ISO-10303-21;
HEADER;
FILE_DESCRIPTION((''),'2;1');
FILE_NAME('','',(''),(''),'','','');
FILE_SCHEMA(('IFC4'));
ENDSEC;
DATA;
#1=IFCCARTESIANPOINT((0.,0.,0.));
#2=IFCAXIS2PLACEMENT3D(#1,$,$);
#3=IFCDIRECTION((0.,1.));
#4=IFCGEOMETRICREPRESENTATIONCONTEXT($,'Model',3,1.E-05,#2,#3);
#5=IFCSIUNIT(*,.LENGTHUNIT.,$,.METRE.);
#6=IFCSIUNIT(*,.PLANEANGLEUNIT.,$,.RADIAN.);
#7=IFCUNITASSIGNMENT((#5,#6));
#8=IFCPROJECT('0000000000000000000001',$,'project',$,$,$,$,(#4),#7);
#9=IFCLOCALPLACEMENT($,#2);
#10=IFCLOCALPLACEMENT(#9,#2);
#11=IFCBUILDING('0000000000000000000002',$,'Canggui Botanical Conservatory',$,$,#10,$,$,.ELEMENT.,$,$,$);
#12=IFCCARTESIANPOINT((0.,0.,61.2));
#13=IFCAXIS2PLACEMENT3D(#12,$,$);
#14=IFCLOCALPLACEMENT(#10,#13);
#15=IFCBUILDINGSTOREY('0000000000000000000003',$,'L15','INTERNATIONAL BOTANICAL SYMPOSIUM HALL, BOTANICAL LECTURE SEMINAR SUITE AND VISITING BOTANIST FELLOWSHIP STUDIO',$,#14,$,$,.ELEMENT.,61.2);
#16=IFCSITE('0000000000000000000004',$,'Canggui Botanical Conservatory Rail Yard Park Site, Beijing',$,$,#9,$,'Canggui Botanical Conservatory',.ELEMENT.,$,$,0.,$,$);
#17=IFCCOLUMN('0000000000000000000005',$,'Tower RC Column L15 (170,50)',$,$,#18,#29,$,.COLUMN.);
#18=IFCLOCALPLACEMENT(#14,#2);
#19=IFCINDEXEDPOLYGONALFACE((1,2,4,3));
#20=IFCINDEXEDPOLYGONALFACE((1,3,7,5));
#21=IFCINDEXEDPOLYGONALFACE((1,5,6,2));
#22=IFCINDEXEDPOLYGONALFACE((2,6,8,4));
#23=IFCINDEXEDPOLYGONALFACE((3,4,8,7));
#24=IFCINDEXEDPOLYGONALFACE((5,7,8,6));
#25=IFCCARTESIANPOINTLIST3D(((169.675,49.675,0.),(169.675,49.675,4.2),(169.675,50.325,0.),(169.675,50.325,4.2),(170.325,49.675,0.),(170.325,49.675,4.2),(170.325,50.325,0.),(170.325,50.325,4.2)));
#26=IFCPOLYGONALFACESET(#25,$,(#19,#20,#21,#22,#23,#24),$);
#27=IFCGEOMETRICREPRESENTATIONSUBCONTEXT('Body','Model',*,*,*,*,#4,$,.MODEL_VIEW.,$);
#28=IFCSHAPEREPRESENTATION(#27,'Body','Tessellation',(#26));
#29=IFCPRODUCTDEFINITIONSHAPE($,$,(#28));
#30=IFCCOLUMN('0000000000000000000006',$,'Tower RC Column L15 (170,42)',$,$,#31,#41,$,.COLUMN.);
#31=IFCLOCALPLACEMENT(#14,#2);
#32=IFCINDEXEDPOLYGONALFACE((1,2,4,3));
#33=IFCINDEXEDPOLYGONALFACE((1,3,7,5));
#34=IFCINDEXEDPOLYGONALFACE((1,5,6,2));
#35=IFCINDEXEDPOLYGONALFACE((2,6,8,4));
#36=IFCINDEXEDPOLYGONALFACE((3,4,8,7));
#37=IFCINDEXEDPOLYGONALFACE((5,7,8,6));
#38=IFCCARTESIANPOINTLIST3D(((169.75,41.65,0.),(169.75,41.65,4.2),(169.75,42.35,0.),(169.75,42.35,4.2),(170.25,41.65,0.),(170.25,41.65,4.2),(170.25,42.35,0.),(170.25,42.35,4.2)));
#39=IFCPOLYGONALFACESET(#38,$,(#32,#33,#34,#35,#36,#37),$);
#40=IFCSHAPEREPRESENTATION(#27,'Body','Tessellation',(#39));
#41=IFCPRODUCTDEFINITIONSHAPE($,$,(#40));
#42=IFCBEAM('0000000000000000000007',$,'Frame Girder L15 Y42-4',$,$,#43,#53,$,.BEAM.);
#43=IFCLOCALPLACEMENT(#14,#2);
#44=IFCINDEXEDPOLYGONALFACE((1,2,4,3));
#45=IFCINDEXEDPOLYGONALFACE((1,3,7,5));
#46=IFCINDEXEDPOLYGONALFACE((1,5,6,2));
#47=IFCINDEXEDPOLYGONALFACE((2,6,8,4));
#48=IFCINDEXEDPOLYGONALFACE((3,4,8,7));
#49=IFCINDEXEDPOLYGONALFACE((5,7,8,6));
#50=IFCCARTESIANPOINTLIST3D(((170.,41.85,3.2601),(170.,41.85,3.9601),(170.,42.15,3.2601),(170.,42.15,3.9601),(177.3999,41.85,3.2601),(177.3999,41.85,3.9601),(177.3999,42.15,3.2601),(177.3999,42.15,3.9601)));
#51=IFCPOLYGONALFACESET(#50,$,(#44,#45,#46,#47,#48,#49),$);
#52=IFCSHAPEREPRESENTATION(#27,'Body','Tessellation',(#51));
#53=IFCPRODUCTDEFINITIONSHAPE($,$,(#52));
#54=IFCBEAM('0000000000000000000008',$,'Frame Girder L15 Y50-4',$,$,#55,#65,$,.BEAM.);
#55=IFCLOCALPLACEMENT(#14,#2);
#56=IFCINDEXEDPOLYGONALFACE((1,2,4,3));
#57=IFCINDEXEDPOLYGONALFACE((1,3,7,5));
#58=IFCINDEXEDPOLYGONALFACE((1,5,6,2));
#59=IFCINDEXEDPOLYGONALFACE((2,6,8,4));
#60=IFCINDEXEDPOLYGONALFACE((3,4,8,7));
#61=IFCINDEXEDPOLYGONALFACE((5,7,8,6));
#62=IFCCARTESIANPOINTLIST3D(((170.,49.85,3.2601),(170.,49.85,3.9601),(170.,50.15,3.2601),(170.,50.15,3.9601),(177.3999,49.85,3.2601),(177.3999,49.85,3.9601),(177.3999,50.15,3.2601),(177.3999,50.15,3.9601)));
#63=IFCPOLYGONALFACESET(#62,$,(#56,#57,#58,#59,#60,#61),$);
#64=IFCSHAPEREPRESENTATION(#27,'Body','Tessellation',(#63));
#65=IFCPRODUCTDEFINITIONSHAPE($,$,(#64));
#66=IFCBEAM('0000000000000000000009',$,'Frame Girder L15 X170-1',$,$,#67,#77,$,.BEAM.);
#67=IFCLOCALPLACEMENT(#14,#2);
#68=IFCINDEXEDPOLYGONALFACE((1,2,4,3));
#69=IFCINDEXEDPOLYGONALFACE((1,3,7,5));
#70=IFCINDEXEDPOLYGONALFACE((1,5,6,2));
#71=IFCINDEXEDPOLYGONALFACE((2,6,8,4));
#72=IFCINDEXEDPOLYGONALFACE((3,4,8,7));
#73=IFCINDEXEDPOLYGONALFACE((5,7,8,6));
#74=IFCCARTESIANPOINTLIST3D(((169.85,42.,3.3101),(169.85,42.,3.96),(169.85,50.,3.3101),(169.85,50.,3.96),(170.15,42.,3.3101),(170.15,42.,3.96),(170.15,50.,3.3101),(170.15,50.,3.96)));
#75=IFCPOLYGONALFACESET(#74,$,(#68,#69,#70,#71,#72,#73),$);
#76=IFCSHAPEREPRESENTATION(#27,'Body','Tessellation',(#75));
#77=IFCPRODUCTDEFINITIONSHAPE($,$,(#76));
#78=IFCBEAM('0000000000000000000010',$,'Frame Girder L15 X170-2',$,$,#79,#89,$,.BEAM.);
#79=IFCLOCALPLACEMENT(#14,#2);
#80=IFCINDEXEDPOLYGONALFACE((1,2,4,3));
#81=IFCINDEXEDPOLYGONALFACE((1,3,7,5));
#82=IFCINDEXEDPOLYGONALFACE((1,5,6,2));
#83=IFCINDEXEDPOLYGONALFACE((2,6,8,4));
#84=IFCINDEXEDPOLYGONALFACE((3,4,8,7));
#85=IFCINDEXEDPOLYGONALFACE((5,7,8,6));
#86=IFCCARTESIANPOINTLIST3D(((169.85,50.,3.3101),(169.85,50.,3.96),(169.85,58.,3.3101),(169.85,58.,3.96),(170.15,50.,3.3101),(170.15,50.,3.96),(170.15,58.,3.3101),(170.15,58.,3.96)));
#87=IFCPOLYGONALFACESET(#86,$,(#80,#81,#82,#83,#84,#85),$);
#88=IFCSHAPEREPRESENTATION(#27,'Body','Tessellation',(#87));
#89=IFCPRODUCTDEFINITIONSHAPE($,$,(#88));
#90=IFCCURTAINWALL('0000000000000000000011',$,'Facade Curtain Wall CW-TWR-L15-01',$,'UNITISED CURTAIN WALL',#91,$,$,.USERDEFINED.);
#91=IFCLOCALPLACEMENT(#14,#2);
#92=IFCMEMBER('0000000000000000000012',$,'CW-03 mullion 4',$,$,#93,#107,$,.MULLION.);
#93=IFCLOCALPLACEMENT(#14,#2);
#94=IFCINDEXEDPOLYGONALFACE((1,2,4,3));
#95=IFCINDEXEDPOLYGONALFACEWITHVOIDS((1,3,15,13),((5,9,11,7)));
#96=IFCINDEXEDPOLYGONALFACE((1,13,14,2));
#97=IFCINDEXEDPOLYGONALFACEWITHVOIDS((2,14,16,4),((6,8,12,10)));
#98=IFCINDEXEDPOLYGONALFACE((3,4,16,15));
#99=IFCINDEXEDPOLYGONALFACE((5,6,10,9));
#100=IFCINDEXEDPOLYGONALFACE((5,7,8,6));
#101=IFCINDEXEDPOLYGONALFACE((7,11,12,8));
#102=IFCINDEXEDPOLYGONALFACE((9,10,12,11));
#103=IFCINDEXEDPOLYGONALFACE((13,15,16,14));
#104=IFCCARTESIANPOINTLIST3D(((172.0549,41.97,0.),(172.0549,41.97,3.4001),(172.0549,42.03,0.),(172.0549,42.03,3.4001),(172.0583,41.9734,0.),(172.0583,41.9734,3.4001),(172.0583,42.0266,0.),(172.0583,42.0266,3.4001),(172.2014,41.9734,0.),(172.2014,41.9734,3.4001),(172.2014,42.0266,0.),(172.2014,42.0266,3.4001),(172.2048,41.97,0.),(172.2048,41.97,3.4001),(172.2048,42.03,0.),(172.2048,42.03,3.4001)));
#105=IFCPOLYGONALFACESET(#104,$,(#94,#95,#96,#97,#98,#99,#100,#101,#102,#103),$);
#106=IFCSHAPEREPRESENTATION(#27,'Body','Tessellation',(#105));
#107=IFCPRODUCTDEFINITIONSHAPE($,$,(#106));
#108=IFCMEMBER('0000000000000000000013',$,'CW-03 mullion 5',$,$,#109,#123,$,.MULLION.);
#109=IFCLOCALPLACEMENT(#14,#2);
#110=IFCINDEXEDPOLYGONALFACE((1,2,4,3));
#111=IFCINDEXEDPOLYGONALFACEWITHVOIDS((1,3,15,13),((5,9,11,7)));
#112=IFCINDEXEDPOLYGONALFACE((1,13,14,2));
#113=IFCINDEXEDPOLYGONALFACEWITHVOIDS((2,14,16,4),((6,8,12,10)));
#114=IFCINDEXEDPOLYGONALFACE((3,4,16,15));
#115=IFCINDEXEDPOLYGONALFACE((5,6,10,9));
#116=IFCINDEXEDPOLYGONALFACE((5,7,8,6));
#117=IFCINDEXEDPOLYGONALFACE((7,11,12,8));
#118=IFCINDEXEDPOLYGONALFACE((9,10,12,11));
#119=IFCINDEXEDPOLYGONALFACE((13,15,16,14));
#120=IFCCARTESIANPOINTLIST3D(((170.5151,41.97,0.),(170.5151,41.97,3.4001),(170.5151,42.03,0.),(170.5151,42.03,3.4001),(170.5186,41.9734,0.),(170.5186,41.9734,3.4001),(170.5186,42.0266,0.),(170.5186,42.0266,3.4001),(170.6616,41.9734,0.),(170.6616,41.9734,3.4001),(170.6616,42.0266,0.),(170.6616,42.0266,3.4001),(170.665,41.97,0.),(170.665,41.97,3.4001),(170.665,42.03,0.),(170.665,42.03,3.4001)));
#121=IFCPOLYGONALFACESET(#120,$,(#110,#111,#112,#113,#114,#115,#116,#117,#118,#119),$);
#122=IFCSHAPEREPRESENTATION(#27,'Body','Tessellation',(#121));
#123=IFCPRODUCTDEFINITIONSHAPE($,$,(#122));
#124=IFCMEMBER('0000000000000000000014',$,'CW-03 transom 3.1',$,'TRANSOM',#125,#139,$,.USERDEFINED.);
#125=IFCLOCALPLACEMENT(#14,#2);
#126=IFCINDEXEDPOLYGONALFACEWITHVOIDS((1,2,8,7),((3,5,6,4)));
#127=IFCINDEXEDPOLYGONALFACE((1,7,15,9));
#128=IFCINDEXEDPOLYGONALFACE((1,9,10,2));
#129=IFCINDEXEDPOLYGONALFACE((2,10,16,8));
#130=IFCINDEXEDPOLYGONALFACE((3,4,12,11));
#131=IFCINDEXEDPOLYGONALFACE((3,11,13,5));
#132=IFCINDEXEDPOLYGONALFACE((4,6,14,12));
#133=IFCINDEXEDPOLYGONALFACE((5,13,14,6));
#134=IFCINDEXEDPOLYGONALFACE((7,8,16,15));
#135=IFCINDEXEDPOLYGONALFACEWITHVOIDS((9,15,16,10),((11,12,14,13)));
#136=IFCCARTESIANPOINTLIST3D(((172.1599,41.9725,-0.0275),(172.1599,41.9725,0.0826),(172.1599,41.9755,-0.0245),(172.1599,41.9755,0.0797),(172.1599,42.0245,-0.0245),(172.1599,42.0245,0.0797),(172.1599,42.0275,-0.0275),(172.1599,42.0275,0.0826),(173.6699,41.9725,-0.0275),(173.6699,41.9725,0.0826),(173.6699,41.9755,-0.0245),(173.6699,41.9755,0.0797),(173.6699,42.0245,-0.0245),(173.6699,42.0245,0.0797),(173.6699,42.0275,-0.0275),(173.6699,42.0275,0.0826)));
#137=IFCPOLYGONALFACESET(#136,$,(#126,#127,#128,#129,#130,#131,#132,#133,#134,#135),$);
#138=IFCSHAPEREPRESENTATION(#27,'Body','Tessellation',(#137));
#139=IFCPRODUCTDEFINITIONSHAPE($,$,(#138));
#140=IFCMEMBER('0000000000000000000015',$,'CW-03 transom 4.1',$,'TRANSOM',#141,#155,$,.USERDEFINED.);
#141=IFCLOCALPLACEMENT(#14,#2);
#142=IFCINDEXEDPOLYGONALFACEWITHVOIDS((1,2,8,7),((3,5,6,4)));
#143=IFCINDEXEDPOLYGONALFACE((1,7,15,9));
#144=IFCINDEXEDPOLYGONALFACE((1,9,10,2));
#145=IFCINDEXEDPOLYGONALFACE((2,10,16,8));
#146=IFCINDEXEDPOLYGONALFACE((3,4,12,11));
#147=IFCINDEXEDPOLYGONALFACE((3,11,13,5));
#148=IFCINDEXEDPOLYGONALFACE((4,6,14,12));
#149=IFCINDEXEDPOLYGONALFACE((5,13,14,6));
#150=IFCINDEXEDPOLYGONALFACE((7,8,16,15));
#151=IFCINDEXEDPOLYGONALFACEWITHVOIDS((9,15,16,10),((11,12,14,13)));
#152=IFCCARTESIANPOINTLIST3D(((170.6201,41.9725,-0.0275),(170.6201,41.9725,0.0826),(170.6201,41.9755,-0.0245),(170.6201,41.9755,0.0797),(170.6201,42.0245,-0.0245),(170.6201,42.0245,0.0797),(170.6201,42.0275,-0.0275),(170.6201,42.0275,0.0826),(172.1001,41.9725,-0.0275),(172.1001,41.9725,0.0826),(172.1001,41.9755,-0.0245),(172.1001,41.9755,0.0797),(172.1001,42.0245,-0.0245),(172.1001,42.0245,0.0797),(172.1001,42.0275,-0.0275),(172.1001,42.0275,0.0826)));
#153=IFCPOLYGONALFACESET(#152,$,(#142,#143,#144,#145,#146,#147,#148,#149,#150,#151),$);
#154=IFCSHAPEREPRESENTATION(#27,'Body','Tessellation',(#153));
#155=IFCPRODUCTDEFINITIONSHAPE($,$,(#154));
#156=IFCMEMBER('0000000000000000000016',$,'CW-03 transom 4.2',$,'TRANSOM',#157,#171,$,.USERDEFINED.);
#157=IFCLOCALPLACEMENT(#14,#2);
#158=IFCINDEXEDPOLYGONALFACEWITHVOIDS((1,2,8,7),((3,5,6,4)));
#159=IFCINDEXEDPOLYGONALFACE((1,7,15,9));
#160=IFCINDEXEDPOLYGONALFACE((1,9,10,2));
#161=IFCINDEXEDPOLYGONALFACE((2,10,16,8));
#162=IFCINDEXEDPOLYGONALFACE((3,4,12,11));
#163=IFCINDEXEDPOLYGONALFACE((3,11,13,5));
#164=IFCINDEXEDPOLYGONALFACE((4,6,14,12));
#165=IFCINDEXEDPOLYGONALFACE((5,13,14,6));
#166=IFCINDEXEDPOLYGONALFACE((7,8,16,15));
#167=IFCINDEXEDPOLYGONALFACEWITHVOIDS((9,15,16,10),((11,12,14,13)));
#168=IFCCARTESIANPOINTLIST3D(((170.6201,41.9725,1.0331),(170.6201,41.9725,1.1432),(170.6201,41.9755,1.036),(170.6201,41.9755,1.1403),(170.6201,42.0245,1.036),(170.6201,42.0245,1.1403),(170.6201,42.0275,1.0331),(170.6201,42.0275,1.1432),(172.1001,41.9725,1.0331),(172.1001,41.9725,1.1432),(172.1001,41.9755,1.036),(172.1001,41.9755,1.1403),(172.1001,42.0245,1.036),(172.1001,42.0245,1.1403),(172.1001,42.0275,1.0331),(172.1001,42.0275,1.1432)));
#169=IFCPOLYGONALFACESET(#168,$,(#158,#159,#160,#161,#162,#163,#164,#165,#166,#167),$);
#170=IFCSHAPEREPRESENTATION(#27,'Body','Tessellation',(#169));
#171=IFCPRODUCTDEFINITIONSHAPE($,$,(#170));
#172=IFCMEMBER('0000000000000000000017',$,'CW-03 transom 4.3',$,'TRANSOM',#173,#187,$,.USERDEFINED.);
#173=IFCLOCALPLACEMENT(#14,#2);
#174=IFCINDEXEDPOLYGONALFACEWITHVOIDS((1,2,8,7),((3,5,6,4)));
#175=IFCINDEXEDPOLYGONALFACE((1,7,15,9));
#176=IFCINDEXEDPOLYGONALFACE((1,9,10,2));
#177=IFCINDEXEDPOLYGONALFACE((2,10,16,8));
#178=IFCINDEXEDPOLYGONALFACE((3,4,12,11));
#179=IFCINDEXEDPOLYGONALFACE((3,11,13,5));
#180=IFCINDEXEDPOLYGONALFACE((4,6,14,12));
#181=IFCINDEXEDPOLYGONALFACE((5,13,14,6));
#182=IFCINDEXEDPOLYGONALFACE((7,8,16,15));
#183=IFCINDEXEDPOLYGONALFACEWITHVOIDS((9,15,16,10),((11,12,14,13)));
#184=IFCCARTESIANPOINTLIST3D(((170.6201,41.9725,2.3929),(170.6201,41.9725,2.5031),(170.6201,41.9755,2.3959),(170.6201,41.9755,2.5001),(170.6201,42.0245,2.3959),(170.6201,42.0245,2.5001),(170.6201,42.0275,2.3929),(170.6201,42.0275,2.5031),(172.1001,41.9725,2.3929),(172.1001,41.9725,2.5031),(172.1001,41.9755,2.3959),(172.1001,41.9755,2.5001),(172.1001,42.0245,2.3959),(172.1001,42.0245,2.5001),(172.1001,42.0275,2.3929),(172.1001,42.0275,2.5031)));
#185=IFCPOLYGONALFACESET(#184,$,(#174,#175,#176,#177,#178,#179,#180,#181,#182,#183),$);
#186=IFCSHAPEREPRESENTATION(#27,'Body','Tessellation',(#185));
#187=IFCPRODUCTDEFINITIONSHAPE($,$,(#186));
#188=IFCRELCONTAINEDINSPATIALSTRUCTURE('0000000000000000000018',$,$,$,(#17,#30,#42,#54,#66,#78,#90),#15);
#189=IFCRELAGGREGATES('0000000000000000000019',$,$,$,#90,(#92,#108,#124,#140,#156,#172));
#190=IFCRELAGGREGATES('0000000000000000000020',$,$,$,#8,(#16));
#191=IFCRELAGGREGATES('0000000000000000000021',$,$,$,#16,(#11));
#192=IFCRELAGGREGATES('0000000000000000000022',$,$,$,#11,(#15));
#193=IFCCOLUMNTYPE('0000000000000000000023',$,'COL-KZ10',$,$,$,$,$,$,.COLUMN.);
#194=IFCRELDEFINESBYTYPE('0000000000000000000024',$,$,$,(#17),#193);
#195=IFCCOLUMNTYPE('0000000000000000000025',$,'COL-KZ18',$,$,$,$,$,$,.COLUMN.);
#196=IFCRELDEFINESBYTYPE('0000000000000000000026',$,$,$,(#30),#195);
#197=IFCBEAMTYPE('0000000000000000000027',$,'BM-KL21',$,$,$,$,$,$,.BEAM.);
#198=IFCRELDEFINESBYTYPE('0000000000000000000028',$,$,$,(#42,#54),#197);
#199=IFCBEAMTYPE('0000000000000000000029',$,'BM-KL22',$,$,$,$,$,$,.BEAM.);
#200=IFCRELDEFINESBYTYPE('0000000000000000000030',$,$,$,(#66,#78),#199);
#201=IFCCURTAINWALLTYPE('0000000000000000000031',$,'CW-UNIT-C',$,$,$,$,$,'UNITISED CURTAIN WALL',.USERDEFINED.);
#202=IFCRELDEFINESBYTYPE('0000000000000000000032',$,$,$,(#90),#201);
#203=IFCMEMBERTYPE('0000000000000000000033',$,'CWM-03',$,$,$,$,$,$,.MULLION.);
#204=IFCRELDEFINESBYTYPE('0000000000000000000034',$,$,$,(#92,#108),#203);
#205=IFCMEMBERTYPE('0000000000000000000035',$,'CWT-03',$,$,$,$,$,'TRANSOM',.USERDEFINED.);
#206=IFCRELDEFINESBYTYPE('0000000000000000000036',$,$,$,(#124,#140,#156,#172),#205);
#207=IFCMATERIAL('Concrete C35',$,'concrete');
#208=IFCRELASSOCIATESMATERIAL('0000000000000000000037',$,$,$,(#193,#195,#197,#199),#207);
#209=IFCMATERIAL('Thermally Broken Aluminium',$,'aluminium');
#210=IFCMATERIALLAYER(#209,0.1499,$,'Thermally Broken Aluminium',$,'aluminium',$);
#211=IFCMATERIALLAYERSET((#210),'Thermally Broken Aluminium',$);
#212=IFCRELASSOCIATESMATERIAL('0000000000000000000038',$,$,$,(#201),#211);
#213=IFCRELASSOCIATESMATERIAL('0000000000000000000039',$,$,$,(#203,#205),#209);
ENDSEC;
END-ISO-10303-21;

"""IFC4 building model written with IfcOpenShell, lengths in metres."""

from ifc_helpers import new_model, si_unit, direction, frame, origin, origin_2d, place, context, subcontext, project, spatial, rectangle, hollow_rectangle, extrude, material, layer, layer_set, material_profile, profile_set, type_object, element, aggregate, save


model = new_model("IFC4")

# Units and contexts
model_context = context("Model", 3, precision=1e-05, world=origin(), true_north=direction((0.0, 1.0)))
body_context = subcontext(model_context, "Body", "Model", "MODEL_VIEW")
ifc_project = project(units=[si_unit("LENGTHUNIT", "METRE"), si_unit("PLANEANGLEUNIT", "RADIAN")], contexts=[model_context])

# Site, building, storey
site_placement = place(None, origin())
site = spatial("IfcSite", under=ifc_project, at=site_placement, Name="Canggui Botanical Conservatory Rail Yard Park Site, Beijing", LongName="Canggui Botanical Conservatory", CompositionType="ELEMENT", RefElevation=0.0)
building_placement = place(site_placement, origin())
building = spatial("IfcBuilding", under=site, at=building_placement, Name="Canggui Botanical Conservatory", CompositionType="ELEMENT")
storey_placement = place(building_placement, frame((0.0, 0.0, 61.2)))
storey = spatial("IfcBuildingStorey", under=building, at=storey_placement, Name="L15", Description="INTERNATIONAL BOTANICAL SYMPOSIUM HALL, BOTANICAL LECTURE SEMINAR SUITE AND VISITING BOTANIST FELLOWSHIP STUDIO", CompositionType="ELEMENT", Elevation=61.2)

# Columns
ifc_material_1 = material(Name="Concrete C35", Category="concrete")
ifc_material_profile_1 = material_profile(ifc_material_1, rectangle(XDim=0.6499, YDim=0.6499, at=origin_2d()), Name="RC 650x650")
ifc_profile_set_1 = profile_set([ifc_material_profile_1], Name="Concrete C35")
column_type_1 = type_object("IfcColumnType", Name="COL-KZ10", PredefinedType="COLUMN", material=ifc_profile_set_1)
column_1_placement = place(storey_placement, frame((170.0, 50.0, 0.0), z_axis=(0.0, 0.0, 1.0), x_axis=(1.0, 0.0, 0.0)))
element("IfcColumn", 1, at=column_1_placement, inside=storey, type_object=column_type_1, Name="Tower RC Column L15 (170,50)", PredefinedType="COLUMN", context=body_context, shape_type="SweptSolid", body=[
    extrude(rectangle(XDim=0.6499, YDim=0.6499, at=origin_2d()), origin(), (0.0, 0.0, 1.0), 4.2),
])
ifc_material_profile_2 = material_profile(ifc_material_1, rectangle(XDim=0.5, YDim=0.7, at=origin_2d()), Name="RC 500x700")
ifc_profile_set_2 = profile_set([ifc_material_profile_2], Name="Concrete C35")
column_type_2 = type_object("IfcColumnType", Name="COL-KZ18", PredefinedType="COLUMN", material=ifc_profile_set_2)
column_2_placement = place(storey_placement, frame((170.0, 42.0, 0.0), z_axis=(0.0, 0.0, 1.0), x_axis=(1.0, 0.0, 0.0)))
element("IfcColumn", 2, at=column_2_placement, inside=storey, type_object=column_type_2, Name="Tower RC Column L15 (170,42)", PredefinedType="COLUMN", context=body_context, shape_type="SweptSolid", body=[
    extrude(rectangle(XDim=0.5, YDim=0.7, at=origin_2d()), origin(), (0.0, 0.0, 1.0), 4.2),
])

# Beams
ifc_material_profile_3 = material_profile(ifc_material_1, rectangle(XDim=0.3, YDim=0.7, at=origin_2d()), Name="RB 300x700")
ifc_profile_set_3 = profile_set([ifc_material_profile_3], Name="Concrete C35")
beam_type_1 = type_object("IfcBeamType", Name="BM-KL21", PredefinedType="BEAM", material=ifc_profile_set_3)
for number, where, z_axis, x_axis, name in (
    (3, (170.0, 42.0, 3.6101), (1.0, 0.0, 0.0), (0.0, 1.0, 0.0), "Frame Girder L15 Y42-4"),
    (4, (170.0, 50.0, 3.6101), (1.0, 0.0, 0.0), (0.0, 1.0, 0.0), "Frame Girder L15 Y50-4"),
):
    element("IfcBeam", number, at=place(storey_placement, frame(where, z_axis=z_axis, x_axis=x_axis)), inside=storey, type_object=beam_type_1, Name=name, PredefinedType="BEAM", context=body_context, shape_type="SweptSolid", body=[
        extrude(rectangle(XDim=0.3, YDim=0.7, at=origin_2d()), origin(), (0.0, 0.0, 1.0), 7.3999),
    ])
ifc_material_profile_4 = material_profile(ifc_material_1, rectangle(XDim=0.3, YDim=0.6499, at=origin_2d()), Name="RB 300x650")
ifc_profile_set_4 = profile_set([ifc_material_profile_4], Name="Concrete C35")
beam_type_2 = type_object("IfcBeamType", Name="BM-KL22", PredefinedType="BEAM", material=ifc_profile_set_4)
for number, where, z_axis, x_axis, name in (
    (5, (170.0, 42.0, 3.635), (0.0, 1.0, 0.0), (-1.0, 0.0, 0.0), "Frame Girder L15 X170-1"),
    (6, (170.0, 50.0, 3.635), (0.0, 1.0, 0.0), (-1.0, 0.0, 0.0), "Frame Girder L15 X170-2"),
):
    element("IfcBeam", number, at=place(storey_placement, frame(where, z_axis=z_axis, x_axis=x_axis)), inside=storey, type_object=beam_type_2, Name=name, PredefinedType="BEAM", context=body_context, shape_type="SweptSolid", body=[
        extrude(rectangle(XDim=0.3, YDim=0.6499, at=origin_2d()), origin(), (0.0, 0.0, 1.0), 8.0),
    ])

# Curtain wall, members
ifc_material_2 = material(Name="Thermally Broken Aluminium", Category="aluminium")
ifc_layer_1 = layer(ifc_material_2, 0.1499, Name="Thermally Broken Aluminium", Category="aluminium")
ifc_layer_set_1 = layer_set([ifc_layer_1], Name="Thermally Broken Aluminium")
curtain_wall_type = type_object("IfcCurtainWallType", Name="CW-UNIT-C", ElementType="UNITISED CURTAIN WALL", PredefinedType="USERDEFINED", material=ifc_layer_set_1)
curtain_wall_placement = place(storey_placement, origin())
curtain_wall = element("IfcCurtainWall", 7, at=curtain_wall_placement, inside=storey, type_object=curtain_wall_type, Name="Facade Curtain Wall CW-TWR-L15-01", ObjectType="UNITISED CURTAIN WALL", PredefinedType="USERDEFINED")
ifc_material_profile_5 = material_profile(ifc_material_2, hollow_rectangle(XDim=0.0601, YDim=0.1499, WallThickness=0.0034, at=origin_2d()), Name="CWM 60x150x3.5")
ifc_profile_set_5 = profile_set([ifc_material_profile_5], Name="Thermally Broken Aluminium")
member_type_1 = type_object("IfcMemberType", Name="CWM-03", PredefinedType="MULLION", material=ifc_profile_set_5)
member_1_placement = place(storey_placement, frame((172.1299, 42.0, 0.0), z_axis=(0.0, 0.0, 1.0), x_axis=(0.0, -1.0, 0.0)))
member_1 = element("IfcMember", 8, at=member_1_placement, type_object=member_type_1, Name="CW-03 mullion 4", PredefinedType="MULLION", context=body_context, shape_type="SweptSolid", body=[
    extrude(hollow_rectangle(XDim=0.0601, YDim=0.1499, WallThickness=0.0034, at=origin_2d()), origin(), (0.0, 0.0, 1.0), 3.4001),
])
member_2_placement = place(storey_placement, frame((170.5901, 42.0, 0.0), z_axis=(0.0, 0.0, 1.0), x_axis=(0.0, -1.0, 0.0)))
member_2 = element("IfcMember", 9, at=member_2_placement, type_object=member_type_1, Name="CW-03 mullion 5", PredefinedType="MULLION", context=body_context, shape_type="SweptSolid", body=[
    extrude(hollow_rectangle(XDim=0.0601, YDim=0.1499, WallThickness=0.0034, at=origin_2d()), origin(), (0.0, 0.0, 1.0), 3.4001),
])
ifc_material_profile_6 = material_profile(ifc_material_2, hollow_rectangle(XDim=0.0549, YDim=0.1101, WallThickness=0.0029, at=origin_2d()), Name="CWT 55x110x3")
ifc_profile_set_6 = profile_set([ifc_material_profile_6], Name="Thermally Broken Aluminium")
member_type_2 = type_object("IfcMemberType", Name="CWT-03", ElementType="TRANSOM", PredefinedType="USERDEFINED", material=ifc_profile_set_6)
member_3_placement = place(storey_placement, frame((173.6699, 42.0, 0.0276), z_axis=(-1.0, 0.0, 0.0), x_axis=(0.0, -1.0, 0.0)))
member_3 = element("IfcMember", 10, at=member_3_placement, type_object=member_type_2, Name="CW-03 transom 3.1", ObjectType="TRANSOM", PredefinedType="USERDEFINED", context=body_context, shape_type="SweptSolid", body=[
    extrude(hollow_rectangle(XDim=0.0549, YDim=0.1101, WallThickness=0.0029, at=origin_2d()), origin(), (0.0, 0.0, 1.0), 1.51),
])
member_4_placement = place(storey_placement, frame((172.1001, 42.0, 0.0276), z_axis=(-1.0, 0.0, 0.0), x_axis=(0.0, -1.0, 0.0)))
member_4 = element("IfcMember", 11, at=member_4_placement, type_object=member_type_2, Name="CW-03 transom 4.1", ObjectType="TRANSOM", PredefinedType="USERDEFINED", context=body_context, shape_type="SweptSolid", body=[
    extrude(hollow_rectangle(XDim=0.0549, YDim=0.1101, WallThickness=0.0029, at=origin_2d()), origin(), (0.0, 0.0, 1.0), 1.48),
])
member_5_placement = place(storey_placement, frame((172.1001, 42.0, 1.0881), z_axis=(-1.0, 0.0, 0.0), x_axis=(0.0, -1.0, 0.0)))
member_5 = element("IfcMember", 12, at=member_5_placement, type_object=member_type_2, Name="CW-03 transom 4.2", ObjectType="TRANSOM", PredefinedType="USERDEFINED", context=body_context, shape_type="SweptSolid", body=[
    extrude(hollow_rectangle(XDim=0.0549, YDim=0.1101, WallThickness=0.0029, at=origin_2d()), origin(), (0.0, 0.0, 1.0), 1.48),
])
member_6_placement = place(storey_placement, frame((172.1001, 42.0, 2.448), z_axis=(-1.0, 0.0, 0.0), x_axis=(0.0, -1.0, 0.0)))
member_6 = element("IfcMember", 13, at=member_6_placement, type_object=member_type_2, Name="CW-03 transom 4.3", ObjectType="TRANSOM", PredefinedType="USERDEFINED", context=body_context, shape_type="SweptSolid", body=[
    extrude(hollow_rectangle(XDim=0.0549, YDim=0.1101, WallThickness=0.0029, at=origin_2d()), origin(), (0.0, 0.0, 1.0), 1.48),
])
aggregate(curtain_wall, [member_1, member_2, member_3, member_4, member_5, member_6])

save(model, "model.ifc")
